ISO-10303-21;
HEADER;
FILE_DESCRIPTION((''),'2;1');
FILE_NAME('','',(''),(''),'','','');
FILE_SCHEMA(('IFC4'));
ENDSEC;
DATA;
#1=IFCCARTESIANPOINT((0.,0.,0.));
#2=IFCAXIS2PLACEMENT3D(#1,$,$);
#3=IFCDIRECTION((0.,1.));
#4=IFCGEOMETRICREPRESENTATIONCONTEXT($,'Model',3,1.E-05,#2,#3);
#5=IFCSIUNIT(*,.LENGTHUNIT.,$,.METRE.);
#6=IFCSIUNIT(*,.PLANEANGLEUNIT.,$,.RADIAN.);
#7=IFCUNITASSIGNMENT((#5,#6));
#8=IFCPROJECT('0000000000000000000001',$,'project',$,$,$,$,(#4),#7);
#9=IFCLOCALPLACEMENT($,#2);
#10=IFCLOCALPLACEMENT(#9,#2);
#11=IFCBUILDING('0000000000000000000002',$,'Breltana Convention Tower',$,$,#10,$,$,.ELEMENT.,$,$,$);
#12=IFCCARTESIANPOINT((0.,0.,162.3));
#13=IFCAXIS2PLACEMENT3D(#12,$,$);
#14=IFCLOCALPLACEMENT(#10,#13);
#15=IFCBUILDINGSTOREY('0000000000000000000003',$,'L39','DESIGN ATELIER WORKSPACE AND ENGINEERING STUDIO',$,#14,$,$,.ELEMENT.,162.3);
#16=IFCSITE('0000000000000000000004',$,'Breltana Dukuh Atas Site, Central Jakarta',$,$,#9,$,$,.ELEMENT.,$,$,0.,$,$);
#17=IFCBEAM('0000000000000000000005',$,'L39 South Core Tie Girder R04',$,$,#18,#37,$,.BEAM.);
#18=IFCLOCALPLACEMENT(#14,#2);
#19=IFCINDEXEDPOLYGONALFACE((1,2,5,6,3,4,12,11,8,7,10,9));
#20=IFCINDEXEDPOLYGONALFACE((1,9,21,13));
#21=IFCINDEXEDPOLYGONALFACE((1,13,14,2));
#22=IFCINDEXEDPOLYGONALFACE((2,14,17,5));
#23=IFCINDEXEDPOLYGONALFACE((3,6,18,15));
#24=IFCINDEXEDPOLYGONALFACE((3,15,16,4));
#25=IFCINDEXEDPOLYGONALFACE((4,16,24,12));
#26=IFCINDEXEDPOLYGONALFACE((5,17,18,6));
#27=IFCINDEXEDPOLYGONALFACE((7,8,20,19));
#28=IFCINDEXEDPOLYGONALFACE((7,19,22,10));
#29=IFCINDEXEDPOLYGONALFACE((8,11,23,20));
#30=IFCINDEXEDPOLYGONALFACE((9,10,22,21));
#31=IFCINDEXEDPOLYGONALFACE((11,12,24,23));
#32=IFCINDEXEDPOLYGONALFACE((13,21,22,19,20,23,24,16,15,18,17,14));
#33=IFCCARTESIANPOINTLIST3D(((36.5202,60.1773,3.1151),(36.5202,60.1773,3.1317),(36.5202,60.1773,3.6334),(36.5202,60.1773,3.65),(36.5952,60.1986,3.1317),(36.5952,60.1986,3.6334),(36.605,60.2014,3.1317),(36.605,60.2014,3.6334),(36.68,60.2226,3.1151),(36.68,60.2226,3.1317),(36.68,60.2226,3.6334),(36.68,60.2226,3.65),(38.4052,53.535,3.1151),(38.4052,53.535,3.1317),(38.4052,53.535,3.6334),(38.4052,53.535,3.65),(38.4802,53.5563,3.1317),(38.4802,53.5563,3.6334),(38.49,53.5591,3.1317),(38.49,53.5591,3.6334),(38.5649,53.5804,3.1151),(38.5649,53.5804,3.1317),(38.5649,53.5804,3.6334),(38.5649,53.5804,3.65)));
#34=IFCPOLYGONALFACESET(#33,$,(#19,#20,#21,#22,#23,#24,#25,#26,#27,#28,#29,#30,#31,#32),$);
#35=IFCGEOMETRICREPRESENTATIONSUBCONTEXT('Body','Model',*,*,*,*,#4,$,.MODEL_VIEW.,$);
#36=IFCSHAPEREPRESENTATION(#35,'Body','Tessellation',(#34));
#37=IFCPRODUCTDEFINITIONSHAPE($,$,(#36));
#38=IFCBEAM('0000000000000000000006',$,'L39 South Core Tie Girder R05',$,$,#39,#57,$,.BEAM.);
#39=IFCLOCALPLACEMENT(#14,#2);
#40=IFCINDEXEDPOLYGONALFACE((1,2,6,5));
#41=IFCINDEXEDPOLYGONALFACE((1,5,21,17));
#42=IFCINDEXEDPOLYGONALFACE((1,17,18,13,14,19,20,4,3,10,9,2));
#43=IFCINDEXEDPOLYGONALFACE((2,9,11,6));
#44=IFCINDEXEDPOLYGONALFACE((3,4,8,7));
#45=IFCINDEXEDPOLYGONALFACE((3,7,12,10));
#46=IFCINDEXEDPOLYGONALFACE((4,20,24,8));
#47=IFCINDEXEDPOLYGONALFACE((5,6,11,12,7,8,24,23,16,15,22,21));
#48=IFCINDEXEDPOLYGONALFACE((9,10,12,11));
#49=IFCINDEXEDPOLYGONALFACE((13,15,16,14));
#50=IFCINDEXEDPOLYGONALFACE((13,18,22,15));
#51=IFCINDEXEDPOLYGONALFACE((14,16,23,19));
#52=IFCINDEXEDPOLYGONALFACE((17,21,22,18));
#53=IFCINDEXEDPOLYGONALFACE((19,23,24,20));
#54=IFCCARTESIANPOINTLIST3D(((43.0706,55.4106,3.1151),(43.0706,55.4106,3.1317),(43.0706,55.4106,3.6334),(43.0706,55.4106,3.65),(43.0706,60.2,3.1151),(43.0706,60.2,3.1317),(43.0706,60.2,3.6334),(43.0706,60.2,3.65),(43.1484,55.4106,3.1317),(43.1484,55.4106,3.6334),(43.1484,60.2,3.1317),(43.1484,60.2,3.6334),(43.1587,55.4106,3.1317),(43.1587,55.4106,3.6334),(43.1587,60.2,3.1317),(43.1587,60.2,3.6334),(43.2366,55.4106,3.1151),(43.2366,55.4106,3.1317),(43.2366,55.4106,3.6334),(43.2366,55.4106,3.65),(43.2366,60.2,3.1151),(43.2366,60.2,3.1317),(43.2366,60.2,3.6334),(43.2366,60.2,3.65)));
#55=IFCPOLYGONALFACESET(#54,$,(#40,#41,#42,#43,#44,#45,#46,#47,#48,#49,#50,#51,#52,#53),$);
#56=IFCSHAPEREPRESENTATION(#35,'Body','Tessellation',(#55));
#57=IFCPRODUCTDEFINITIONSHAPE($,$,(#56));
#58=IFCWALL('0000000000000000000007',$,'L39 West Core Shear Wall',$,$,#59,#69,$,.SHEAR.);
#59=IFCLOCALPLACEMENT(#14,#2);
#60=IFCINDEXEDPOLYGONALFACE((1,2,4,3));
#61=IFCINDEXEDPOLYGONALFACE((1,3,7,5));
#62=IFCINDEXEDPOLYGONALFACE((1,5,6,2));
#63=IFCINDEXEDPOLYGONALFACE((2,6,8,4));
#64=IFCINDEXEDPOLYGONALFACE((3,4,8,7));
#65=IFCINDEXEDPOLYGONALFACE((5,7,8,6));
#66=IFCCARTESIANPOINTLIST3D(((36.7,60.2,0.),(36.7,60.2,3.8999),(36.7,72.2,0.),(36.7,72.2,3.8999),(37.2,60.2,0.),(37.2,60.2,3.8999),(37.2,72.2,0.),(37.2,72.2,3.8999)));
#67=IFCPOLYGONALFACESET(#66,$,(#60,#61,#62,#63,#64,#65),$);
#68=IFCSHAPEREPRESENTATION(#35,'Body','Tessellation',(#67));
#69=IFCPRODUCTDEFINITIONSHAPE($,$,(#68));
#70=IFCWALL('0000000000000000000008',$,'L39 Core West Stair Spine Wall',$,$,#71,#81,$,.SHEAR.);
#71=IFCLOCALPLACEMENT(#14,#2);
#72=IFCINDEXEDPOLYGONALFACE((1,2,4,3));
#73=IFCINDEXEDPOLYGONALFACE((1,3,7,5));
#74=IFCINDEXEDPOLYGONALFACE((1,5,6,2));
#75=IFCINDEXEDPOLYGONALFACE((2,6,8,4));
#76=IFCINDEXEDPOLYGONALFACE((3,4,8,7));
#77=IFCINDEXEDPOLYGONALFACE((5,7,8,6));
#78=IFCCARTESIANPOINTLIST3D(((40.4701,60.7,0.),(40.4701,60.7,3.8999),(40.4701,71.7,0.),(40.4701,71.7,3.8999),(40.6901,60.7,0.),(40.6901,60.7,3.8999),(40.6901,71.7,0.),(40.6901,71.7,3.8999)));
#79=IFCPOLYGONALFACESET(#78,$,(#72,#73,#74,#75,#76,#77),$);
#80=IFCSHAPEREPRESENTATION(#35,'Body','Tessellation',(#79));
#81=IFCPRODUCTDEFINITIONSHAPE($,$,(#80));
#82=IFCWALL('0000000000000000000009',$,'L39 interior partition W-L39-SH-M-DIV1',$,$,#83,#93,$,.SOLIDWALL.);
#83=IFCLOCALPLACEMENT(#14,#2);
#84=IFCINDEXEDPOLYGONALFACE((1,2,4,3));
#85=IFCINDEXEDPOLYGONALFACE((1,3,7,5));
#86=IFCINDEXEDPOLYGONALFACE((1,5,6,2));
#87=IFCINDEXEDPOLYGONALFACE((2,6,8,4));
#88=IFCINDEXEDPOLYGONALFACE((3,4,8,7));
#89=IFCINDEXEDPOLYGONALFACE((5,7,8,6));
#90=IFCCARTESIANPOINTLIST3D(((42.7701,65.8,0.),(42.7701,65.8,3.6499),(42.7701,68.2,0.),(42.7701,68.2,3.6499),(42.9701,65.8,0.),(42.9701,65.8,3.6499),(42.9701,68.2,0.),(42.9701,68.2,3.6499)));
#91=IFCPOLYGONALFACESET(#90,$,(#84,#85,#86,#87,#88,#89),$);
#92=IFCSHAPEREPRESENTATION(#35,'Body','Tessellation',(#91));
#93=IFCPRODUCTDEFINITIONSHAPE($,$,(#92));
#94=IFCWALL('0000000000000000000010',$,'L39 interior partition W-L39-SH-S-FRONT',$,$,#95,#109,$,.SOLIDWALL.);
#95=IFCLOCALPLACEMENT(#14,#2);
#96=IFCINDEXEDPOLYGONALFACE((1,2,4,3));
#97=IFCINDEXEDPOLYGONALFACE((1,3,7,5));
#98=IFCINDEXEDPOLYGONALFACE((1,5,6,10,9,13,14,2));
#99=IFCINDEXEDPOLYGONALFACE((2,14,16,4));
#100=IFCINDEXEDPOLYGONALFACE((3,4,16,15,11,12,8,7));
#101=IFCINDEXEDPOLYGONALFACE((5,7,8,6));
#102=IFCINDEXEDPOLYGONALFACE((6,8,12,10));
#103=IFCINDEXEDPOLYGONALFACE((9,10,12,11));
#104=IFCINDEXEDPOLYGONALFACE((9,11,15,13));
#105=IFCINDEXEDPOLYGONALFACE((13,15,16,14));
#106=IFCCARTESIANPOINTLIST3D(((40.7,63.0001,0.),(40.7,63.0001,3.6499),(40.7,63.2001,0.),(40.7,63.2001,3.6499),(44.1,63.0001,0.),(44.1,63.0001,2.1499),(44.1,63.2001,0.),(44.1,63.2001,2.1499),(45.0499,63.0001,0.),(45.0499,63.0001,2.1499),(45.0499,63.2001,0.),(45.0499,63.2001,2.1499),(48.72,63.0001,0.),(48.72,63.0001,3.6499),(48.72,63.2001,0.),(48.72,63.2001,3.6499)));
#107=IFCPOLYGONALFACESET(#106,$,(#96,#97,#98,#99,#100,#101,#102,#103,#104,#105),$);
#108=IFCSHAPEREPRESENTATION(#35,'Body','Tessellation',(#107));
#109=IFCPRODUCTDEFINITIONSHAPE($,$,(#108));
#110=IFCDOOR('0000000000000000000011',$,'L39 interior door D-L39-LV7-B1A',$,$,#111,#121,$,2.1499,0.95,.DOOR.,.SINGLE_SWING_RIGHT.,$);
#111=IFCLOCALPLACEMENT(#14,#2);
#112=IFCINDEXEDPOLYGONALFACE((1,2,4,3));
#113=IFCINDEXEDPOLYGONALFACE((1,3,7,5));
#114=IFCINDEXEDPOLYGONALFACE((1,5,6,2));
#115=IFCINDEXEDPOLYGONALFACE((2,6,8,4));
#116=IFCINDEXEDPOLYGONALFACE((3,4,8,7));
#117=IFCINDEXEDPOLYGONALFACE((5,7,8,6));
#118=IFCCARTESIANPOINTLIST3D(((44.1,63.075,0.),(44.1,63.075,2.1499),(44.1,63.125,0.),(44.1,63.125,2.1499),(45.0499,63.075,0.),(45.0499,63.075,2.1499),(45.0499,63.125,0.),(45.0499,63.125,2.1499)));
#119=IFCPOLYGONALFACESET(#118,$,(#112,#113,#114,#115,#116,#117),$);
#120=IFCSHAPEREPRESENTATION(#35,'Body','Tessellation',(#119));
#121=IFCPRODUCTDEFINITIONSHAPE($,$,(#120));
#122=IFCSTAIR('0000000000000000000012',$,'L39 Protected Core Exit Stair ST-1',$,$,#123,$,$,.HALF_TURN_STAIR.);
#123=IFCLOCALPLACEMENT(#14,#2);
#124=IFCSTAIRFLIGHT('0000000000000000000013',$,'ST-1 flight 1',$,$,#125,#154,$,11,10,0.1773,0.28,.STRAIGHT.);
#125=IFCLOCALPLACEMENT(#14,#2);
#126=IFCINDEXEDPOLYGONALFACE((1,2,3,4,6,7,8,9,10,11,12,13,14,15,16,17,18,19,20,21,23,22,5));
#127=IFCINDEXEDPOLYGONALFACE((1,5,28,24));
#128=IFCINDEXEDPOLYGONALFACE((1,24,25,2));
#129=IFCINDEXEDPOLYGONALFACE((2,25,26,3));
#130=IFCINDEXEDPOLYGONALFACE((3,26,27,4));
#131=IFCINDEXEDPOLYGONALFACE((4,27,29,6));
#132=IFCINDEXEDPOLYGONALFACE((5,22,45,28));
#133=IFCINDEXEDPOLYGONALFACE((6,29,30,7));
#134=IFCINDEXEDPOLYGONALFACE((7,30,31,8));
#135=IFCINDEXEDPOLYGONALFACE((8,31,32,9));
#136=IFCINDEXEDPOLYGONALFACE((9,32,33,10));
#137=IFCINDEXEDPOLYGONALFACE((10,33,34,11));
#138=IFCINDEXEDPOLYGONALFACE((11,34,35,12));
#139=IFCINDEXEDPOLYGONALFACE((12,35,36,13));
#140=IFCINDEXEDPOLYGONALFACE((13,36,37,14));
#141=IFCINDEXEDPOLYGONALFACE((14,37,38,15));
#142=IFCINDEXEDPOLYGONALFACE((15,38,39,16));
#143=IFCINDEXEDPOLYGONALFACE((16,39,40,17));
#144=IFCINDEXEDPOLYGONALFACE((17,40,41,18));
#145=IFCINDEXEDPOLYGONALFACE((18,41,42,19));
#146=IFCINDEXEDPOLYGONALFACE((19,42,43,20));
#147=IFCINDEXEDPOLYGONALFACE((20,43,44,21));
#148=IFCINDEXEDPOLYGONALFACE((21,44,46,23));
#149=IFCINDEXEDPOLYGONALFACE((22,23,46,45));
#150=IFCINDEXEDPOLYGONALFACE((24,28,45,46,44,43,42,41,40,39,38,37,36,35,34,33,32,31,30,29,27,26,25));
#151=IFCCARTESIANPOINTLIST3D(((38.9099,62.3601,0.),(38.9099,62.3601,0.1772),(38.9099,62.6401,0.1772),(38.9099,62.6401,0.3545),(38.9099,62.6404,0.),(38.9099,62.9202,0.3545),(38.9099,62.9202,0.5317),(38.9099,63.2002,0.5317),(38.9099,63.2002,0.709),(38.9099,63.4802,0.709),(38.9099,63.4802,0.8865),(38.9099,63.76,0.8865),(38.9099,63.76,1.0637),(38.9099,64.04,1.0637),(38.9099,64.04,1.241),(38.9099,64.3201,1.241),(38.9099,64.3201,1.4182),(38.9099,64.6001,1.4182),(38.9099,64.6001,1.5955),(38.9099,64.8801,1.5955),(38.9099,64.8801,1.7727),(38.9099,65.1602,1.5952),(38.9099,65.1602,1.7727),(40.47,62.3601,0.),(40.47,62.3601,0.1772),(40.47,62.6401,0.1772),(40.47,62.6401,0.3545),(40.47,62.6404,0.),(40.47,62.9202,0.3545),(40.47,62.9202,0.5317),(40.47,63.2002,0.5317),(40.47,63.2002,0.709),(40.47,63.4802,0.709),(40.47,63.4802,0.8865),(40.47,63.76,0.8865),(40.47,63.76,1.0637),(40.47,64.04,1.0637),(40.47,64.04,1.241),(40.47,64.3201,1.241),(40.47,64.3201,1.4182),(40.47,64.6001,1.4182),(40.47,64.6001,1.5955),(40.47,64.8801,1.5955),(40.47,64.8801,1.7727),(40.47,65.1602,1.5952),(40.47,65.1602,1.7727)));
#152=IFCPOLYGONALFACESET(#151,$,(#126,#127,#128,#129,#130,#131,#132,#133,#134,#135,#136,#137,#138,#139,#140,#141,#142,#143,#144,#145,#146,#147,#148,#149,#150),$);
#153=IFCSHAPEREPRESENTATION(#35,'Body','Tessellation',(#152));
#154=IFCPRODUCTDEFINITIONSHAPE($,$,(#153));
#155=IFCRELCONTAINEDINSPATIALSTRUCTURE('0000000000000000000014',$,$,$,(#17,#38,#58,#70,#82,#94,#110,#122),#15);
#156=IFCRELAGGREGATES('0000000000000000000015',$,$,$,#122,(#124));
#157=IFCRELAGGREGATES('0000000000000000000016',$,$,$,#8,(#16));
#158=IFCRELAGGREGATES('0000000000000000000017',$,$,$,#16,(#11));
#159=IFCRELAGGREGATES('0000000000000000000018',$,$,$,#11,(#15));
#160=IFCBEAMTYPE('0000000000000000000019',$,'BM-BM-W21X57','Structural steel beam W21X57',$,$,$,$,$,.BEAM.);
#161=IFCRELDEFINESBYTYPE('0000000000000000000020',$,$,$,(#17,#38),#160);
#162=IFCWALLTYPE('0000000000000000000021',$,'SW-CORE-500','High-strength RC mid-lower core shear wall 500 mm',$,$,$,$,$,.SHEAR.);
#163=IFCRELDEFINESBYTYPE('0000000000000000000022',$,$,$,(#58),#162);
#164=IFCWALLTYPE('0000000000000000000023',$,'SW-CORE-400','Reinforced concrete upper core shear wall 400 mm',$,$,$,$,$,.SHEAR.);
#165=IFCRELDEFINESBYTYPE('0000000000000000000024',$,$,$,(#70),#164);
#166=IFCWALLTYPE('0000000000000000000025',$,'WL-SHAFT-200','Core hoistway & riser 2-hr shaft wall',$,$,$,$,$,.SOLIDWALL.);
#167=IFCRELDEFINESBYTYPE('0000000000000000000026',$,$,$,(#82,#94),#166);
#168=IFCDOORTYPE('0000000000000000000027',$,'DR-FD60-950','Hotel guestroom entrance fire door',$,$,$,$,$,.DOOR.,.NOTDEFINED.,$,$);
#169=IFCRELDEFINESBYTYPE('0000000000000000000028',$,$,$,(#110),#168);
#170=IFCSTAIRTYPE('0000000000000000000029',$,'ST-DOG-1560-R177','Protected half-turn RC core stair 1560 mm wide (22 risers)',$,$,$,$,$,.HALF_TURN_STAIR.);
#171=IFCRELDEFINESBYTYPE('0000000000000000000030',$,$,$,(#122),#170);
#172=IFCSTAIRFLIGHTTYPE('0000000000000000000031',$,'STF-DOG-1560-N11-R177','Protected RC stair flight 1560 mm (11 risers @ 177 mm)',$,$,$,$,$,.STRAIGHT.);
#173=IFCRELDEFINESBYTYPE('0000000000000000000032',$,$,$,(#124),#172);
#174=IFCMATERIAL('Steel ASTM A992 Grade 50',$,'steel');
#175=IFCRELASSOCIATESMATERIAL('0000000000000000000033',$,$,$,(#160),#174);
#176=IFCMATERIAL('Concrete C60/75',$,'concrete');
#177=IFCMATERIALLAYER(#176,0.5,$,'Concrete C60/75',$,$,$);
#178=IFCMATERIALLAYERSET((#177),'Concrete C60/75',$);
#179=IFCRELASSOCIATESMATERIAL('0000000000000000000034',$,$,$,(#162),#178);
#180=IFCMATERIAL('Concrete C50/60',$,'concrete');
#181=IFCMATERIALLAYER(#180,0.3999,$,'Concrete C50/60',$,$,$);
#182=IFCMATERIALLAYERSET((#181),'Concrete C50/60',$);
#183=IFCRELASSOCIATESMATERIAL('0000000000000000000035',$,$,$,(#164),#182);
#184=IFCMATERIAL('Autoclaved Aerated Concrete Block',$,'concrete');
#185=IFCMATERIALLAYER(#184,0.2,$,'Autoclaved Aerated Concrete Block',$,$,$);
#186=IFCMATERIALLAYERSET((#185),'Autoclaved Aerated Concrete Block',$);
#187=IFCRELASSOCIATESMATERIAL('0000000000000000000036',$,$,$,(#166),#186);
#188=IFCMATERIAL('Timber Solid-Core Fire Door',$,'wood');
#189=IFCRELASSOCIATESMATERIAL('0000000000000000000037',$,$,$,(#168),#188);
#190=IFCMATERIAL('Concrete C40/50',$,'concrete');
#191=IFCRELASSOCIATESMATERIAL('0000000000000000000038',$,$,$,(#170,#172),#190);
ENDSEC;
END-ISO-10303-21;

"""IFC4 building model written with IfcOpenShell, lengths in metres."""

from ifc_helpers import new_model, si_unit, direction, frame, frame_2d, origin, origin_2d, place, context, subcontext, project, spatial, polyline, rectangle, i_section, outline, extrude, source, transform, mapped, material, layer, layer_set, material_profile, profile_set, type_object, type_shapes, element, fill, aggregate, save


model = new_model("IFC4")

# Units and contexts
model_context = context("Model", 3, precision=1e-05, world=origin(), true_north=direction((0.0, 1.0)))
body_context = subcontext(model_context, "Body", "Model", "MODEL_VIEW")
ifc_project = project(units=[si_unit("LENGTHUNIT", "METRE"), si_unit("PLANEANGLEUNIT", "RADIAN")], contexts=[model_context])

# Site, building, storey
site_placement = place(None, origin())
site = spatial("IfcSite", under=ifc_project, at=site_placement, Name="Breltana Dukuh Atas Site, Central Jakarta", CompositionType="ELEMENT", RefElevation=0.0)
building_placement = place(site_placement, origin())
building = spatial("IfcBuilding", under=site, at=building_placement, Name="Breltana Convention Tower", CompositionType="ELEMENT")
storey_placement = place(building_placement, frame((0.0, 0.0, 162.3)))
storey = spatial("IfcBuildingStorey", under=building, at=storey_placement, Name="L39", Description="DESIGN ATELIER WORKSPACE AND ENGINEERING STUDIO", CompositionType="ELEMENT", Elevation=162.3)

# Beams
ifc_material_1 = material(Name="Steel ASTM A992 Grade 50", Category="steel")
ifc_material_profile = material_profile(ifc_material_1, i_section(OverallWidth=0.166, OverallDepth=0.5349, WebThickness=0.0103, FlangeThickness=0.0166, at=origin_2d()), Name="W21X57")
ifc_profile_set = profile_set([ifc_material_profile], Name="Steel ASTM A992 Grade 50")
beam_type = type_object("IfcBeamType", Name="BM-BM-W21X57", Description="Structural steel beam W21X57", PredefinedType="BEAM", material=ifc_profile_set)
shared_shape_1 = source(origin(), body_context, "Body", "SweptSolid", [
    extrude(i_section(OverallWidth=0.166, OverallDepth=0.5349, WebThickness=0.0103, FlangeThickness=0.0166, at=origin_2d()), origin(), (0.0, 0.0, 1.0), 6.9045),
])
type_shapes(beam_type, [shared_shape_1])
beam_1_placement = place(storey_placement, frame((36.6001, 60.2, 3.3826), z_axis=(0.273007, -0.962012, 0.0), x_axis=(0.962012, 0.273007, 0.0)))
element("IfcBeam", 1, at=beam_1_placement, inside=storey, type_object=beam_type, Name="L39 South Core Tie Girder R04", PredefinedType="BEAM", context=body_context, shape_type="MappedRepresentation", body=[
    mapped(shared_shape_1, transform((0.0, 0.0, 0.0), scale=1.0)),
])
shared_shape_2 = source(origin(), body_context, "Body", "SweptSolid", [
    extrude(i_section(OverallWidth=0.166, OverallDepth=0.5349, WebThickness=0.0103, FlangeThickness=0.0166, at=origin_2d()), origin(), (0.0, 0.0, 1.0), 4.7893),
])
beam_2_placement = place(storey_placement, frame((43.1536, 60.2, 3.3826), z_axis=(0.0, -1.0, 0.0), x_axis=(1.0, 0.0, 0.0)))
element("IfcBeam", 2, at=beam_2_placement, inside=storey, type_object=beam_type, Name="L39 South Core Tie Girder R05", PredefinedType="BEAM", context=body_context, shape_type="MappedRepresentation", body=[
    mapped(shared_shape_2, transform((0.0, 0.0, 0.0), scale=1.0)),
])

# Wall
ifc_material_2 = material(Name="Concrete C60/75", Category="concrete")
ifc_layer_1 = layer(ifc_material_2, 0.5, Name="Concrete C60/75")
ifc_layer_set_1 = layer_set([ifc_layer_1], Name="Concrete C60/75")
wall_type_1 = type_object("IfcWallType", Name="SW-CORE-500", Description="High-strength RC mid-lower core shear wall 500 mm", PredefinedType="SHEAR", material=ifc_layer_set_1)
shared_shape_3 = source(origin(), body_context, "Body", "SweptSolid", [
    extrude(rectangle(XDim=12.0, YDim=0.5, at=frame_2d((6.0, 0.0))), origin(), (0.0, 0.0, 1.0), 3.8999),
])
wall_1_placement = place(storey_placement, frame((36.95, 60.2, 0.0), z_axis=(0.0, 0.0, 1.0), x_axis=(0.0, 1.0, 0.0)))
element("IfcWall", 3, at=wall_1_placement, inside=storey, type_object=wall_type_1, Name="L39 West Core Shear Wall", PredefinedType="SHEAR", context=body_context, shape_type="MappedRepresentation", body=[
    mapped(shared_shape_3, transform((0.0, 0.0, 0.0), scale=1.0)),
])

# Walls
ifc_material_3 = material(Name="Concrete C50/60", Category="concrete")
ifc_layer_2 = layer(ifc_material_3, 0.3999, Name="Concrete C50/60")
ifc_layer_set_2 = layer_set([ifc_layer_2], Name="Concrete C50/60")
wall_type_2 = type_object("IfcWallType", Name="SW-CORE-400", Description="Reinforced concrete upper core shear wall 400 mm", PredefinedType="SHEAR", material=ifc_layer_set_2)
shared_shape_4 = source(origin(), body_context, "Body", "SweptSolid", [
    extrude(rectangle(XDim=11.0, YDim=0.22, at=frame_2d((5.5, 0.0))), origin(), (0.0, 0.0, 1.0), 3.8999),
])
wall_2_placement = place(storey_placement, frame((40.5801, 60.7, 0.0), z_axis=(0.0, 0.0, 1.0), x_axis=(0.0, 1.0, 0.0)))
element("IfcWall", 4, at=wall_2_placement, inside=storey, type_object=wall_type_2, Name="L39 Core West Stair Spine Wall", PredefinedType="SHEAR", context=body_context, shape_type="MappedRepresentation", body=[
    mapped(shared_shape_4, transform((0.0, 0.0, 0.0), scale=1.0)),
])
ifc_material_4 = material(Name="Autoclaved Aerated Concrete Block", Category="concrete")
ifc_layer_3 = layer(ifc_material_4, 0.2, Name="Autoclaved Aerated Concrete Block")
ifc_layer_set_3 = layer_set([ifc_layer_3], Name="Autoclaved Aerated Concrete Block")
wall_type_3 = type_object("IfcWallType", Name="WL-SHAFT-200", Description="Core hoistway & riser 2-hr shaft wall", PredefinedType="SOLIDWALL", material=ifc_layer_set_3)
shared_shape_5 = source(origin(), body_context, "Body", "SweptSolid", [
    extrude(rectangle(XDim=2.3999, YDim=0.2, at=frame_2d((1.2, 0.0))), origin(), (0.0, 0.0, 1.0), 3.6499),
])
wall_3_placement = place(storey_placement, frame((42.8701, 65.8, 0.0), z_axis=(0.0, 0.0, 1.0), x_axis=(0.0, 1.0, 0.0)))
element("IfcWall", 5, at=wall_3_placement, inside=storey, type_object=wall_type_3, Name="L39 interior partition W-L39-SH-M-DIV1", PredefinedType="SOLIDWALL", context=body_context, shape_type="MappedRepresentation", body=[
    mapped(shared_shape_5, transform((0.0, 0.0, 0.0), scale=1.0)),
])

# Wall, opening, door
shared_shape_6 = source(origin(), body_context, "Body", "SweptSolid", [
    extrude(rectangle(XDim=8.02, YDim=0.2, at=frame_2d((4.01, 0.0))), origin(), (0.0, 0.0, 1.0), 3.6499),
])
wall_4_placement = place(storey_placement, frame((40.7, 63.1001, 0.0), z_axis=(0.0, 0.0, 1.0), x_axis=(1.0, 0.0, 0.0)))
wall_4 = element("IfcWall", 6, at=wall_4_placement, inside=storey, type_object=wall_type_3, Name="L39 interior partition W-L39-SH-S-FRONT", PredefinedType="SOLIDWALL", context=body_context, shape_type="MappedRepresentation", body=[
    mapped(shared_shape_6, transform((0.0, 0.0, 0.0), scale=1.0)),
])
opening_1_placement = place(wall_4_placement, frame((3.3999, 0.0, 0.0)))
opening_1 = element("IfcOpeningElement", 7, at=opening_1_placement, cuts=wall_4, PredefinedType="OPENING", context=body_context, shape_type="SweptSolid", body=[
    extrude(rectangle(XDim=0.95, YDim=2.1499, at=frame_2d((0.4751, 1.075))), frame((0.0, 0.1099, 0.0), z_axis=(0.0, -1.0, 0.0), x_axis=(1.0, 0.0, 0.0)), (0.0, 0.0, 1.0), 0.22),
])
ifc_material_5 = material(Name="Timber Solid-Core Fire Door", Category="wood")
door_type_1 = type_object("IfcDoorType", Name="DR-FD60-950", Description="Hotel guestroom entrance fire door", OperationType="NOTDEFINED", PredefinedType="DOOR", material=ifc_material_5)
shared_shape_7 = source(origin(), body_context, "Body", "SweptSolid", [
    extrude(rectangle(XDim=0.95, YDim=2.1499, at=frame_2d((0.4751, 1.075))), frame((0.0, 0.0249, 0.0), z_axis=(0.0, -1.0, 0.0), x_axis=(1.0, 0.0, 0.0)), (0.0, 0.0, 1.0), 0.05),
])
type_shapes(door_type_1, [shared_shape_7])
door_1_placement = place(opening_1_placement, origin())
door_1 = element("IfcDoor", 8, at=door_1_placement, inside=storey, type_object=door_type_1, Name="L39 interior door D-L39-LV7-B1A", OperationType="SINGLE_SWING_RIGHT", OverallHeight=2.1499, OverallWidth=0.95, PredefinedType="DOOR", context=body_context, shape_type="MappedRepresentation", body=[
    mapped(shared_shape_7, transform((0.0, 0.0, 0.0), scale=1.0)),
])
fill(opening_1, door_1)

# Stair, stair flight
ifc_material_6 = material(Name="Concrete C40/50", Category="concrete")
stair_type = type_object("IfcStairType", Name="ST-DOG-1560-R177", Description="Protected half-turn RC core stair 1560 mm wide (22 risers)", PredefinedType="HALF_TURN_STAIR", material=ifc_material_6)
stair_placement = place(storey_placement, origin())
stair = element("IfcStair", 9, at=stair_placement, inside=storey, type_object=stair_type, Name="L39 Protected Core Exit Stair ST-1", PredefinedType="HALF_TURN_STAIR")
stair_flight_type = type_object("IfcStairFlightType", Name="STF-DOG-1560-N11-R177", Description="Protected RC stair flight 1560 mm (11 risers @ 177 mm)", PredefinedType="STRAIGHT", material=ifc_material_6)
stair_flight_1_placement = place(storey_placement, frame((39.6899, 62.3601, 0.0), z_axis=(0.0, 0.0, 1.0), x_axis=(0.0, 1.0, 0.0)))
stair_flight_1 = element("IfcStairFlight", 10, at=stair_flight_1_placement, type_object=stair_flight_type, Name="ST-1 flight 1", NumberOfRisers=11, NumberOfTreads=10, PredefinedType="STRAIGHT", RiserHeight=0.1773, TreadLength=0.28, context=body_context, shape_type="SweptSolid", body=[
    extrude(outline(polyline([(0.0, 0.0), (0.0, 0.1772), (0.28, 0.1772), (0.28, 0.3545), (0.5601, 0.3545), (0.5601, 0.5317), (0.8401, 0.5317), (0.8401, 0.709), (1.1201, 0.709), (1.1201, 0.8865), (1.3999, 0.8865), (1.3999, 1.0637), (1.6799, 1.0637), (1.6799, 1.241), (1.96, 1.241), (1.96, 1.4182), (2.24, 1.4182), (2.24, 1.5955), (2.52, 1.5955), (2.52, 1.7727), (2.8, 1.7727), (2.8, 1.95), (2.8, 1.5952), (0.2803, 0.0), (0.0, 0.0)])), frame((0.0, 0.78, 0.0), z_axis=(0.0, -1.0, 0.0), x_axis=(1.0, 0.0, 0.0)), (0.0, 0.0, 1.0), 1.5601),
])
aggregate(stair, [stair_flight_1])

save(model, "model.ifc")
